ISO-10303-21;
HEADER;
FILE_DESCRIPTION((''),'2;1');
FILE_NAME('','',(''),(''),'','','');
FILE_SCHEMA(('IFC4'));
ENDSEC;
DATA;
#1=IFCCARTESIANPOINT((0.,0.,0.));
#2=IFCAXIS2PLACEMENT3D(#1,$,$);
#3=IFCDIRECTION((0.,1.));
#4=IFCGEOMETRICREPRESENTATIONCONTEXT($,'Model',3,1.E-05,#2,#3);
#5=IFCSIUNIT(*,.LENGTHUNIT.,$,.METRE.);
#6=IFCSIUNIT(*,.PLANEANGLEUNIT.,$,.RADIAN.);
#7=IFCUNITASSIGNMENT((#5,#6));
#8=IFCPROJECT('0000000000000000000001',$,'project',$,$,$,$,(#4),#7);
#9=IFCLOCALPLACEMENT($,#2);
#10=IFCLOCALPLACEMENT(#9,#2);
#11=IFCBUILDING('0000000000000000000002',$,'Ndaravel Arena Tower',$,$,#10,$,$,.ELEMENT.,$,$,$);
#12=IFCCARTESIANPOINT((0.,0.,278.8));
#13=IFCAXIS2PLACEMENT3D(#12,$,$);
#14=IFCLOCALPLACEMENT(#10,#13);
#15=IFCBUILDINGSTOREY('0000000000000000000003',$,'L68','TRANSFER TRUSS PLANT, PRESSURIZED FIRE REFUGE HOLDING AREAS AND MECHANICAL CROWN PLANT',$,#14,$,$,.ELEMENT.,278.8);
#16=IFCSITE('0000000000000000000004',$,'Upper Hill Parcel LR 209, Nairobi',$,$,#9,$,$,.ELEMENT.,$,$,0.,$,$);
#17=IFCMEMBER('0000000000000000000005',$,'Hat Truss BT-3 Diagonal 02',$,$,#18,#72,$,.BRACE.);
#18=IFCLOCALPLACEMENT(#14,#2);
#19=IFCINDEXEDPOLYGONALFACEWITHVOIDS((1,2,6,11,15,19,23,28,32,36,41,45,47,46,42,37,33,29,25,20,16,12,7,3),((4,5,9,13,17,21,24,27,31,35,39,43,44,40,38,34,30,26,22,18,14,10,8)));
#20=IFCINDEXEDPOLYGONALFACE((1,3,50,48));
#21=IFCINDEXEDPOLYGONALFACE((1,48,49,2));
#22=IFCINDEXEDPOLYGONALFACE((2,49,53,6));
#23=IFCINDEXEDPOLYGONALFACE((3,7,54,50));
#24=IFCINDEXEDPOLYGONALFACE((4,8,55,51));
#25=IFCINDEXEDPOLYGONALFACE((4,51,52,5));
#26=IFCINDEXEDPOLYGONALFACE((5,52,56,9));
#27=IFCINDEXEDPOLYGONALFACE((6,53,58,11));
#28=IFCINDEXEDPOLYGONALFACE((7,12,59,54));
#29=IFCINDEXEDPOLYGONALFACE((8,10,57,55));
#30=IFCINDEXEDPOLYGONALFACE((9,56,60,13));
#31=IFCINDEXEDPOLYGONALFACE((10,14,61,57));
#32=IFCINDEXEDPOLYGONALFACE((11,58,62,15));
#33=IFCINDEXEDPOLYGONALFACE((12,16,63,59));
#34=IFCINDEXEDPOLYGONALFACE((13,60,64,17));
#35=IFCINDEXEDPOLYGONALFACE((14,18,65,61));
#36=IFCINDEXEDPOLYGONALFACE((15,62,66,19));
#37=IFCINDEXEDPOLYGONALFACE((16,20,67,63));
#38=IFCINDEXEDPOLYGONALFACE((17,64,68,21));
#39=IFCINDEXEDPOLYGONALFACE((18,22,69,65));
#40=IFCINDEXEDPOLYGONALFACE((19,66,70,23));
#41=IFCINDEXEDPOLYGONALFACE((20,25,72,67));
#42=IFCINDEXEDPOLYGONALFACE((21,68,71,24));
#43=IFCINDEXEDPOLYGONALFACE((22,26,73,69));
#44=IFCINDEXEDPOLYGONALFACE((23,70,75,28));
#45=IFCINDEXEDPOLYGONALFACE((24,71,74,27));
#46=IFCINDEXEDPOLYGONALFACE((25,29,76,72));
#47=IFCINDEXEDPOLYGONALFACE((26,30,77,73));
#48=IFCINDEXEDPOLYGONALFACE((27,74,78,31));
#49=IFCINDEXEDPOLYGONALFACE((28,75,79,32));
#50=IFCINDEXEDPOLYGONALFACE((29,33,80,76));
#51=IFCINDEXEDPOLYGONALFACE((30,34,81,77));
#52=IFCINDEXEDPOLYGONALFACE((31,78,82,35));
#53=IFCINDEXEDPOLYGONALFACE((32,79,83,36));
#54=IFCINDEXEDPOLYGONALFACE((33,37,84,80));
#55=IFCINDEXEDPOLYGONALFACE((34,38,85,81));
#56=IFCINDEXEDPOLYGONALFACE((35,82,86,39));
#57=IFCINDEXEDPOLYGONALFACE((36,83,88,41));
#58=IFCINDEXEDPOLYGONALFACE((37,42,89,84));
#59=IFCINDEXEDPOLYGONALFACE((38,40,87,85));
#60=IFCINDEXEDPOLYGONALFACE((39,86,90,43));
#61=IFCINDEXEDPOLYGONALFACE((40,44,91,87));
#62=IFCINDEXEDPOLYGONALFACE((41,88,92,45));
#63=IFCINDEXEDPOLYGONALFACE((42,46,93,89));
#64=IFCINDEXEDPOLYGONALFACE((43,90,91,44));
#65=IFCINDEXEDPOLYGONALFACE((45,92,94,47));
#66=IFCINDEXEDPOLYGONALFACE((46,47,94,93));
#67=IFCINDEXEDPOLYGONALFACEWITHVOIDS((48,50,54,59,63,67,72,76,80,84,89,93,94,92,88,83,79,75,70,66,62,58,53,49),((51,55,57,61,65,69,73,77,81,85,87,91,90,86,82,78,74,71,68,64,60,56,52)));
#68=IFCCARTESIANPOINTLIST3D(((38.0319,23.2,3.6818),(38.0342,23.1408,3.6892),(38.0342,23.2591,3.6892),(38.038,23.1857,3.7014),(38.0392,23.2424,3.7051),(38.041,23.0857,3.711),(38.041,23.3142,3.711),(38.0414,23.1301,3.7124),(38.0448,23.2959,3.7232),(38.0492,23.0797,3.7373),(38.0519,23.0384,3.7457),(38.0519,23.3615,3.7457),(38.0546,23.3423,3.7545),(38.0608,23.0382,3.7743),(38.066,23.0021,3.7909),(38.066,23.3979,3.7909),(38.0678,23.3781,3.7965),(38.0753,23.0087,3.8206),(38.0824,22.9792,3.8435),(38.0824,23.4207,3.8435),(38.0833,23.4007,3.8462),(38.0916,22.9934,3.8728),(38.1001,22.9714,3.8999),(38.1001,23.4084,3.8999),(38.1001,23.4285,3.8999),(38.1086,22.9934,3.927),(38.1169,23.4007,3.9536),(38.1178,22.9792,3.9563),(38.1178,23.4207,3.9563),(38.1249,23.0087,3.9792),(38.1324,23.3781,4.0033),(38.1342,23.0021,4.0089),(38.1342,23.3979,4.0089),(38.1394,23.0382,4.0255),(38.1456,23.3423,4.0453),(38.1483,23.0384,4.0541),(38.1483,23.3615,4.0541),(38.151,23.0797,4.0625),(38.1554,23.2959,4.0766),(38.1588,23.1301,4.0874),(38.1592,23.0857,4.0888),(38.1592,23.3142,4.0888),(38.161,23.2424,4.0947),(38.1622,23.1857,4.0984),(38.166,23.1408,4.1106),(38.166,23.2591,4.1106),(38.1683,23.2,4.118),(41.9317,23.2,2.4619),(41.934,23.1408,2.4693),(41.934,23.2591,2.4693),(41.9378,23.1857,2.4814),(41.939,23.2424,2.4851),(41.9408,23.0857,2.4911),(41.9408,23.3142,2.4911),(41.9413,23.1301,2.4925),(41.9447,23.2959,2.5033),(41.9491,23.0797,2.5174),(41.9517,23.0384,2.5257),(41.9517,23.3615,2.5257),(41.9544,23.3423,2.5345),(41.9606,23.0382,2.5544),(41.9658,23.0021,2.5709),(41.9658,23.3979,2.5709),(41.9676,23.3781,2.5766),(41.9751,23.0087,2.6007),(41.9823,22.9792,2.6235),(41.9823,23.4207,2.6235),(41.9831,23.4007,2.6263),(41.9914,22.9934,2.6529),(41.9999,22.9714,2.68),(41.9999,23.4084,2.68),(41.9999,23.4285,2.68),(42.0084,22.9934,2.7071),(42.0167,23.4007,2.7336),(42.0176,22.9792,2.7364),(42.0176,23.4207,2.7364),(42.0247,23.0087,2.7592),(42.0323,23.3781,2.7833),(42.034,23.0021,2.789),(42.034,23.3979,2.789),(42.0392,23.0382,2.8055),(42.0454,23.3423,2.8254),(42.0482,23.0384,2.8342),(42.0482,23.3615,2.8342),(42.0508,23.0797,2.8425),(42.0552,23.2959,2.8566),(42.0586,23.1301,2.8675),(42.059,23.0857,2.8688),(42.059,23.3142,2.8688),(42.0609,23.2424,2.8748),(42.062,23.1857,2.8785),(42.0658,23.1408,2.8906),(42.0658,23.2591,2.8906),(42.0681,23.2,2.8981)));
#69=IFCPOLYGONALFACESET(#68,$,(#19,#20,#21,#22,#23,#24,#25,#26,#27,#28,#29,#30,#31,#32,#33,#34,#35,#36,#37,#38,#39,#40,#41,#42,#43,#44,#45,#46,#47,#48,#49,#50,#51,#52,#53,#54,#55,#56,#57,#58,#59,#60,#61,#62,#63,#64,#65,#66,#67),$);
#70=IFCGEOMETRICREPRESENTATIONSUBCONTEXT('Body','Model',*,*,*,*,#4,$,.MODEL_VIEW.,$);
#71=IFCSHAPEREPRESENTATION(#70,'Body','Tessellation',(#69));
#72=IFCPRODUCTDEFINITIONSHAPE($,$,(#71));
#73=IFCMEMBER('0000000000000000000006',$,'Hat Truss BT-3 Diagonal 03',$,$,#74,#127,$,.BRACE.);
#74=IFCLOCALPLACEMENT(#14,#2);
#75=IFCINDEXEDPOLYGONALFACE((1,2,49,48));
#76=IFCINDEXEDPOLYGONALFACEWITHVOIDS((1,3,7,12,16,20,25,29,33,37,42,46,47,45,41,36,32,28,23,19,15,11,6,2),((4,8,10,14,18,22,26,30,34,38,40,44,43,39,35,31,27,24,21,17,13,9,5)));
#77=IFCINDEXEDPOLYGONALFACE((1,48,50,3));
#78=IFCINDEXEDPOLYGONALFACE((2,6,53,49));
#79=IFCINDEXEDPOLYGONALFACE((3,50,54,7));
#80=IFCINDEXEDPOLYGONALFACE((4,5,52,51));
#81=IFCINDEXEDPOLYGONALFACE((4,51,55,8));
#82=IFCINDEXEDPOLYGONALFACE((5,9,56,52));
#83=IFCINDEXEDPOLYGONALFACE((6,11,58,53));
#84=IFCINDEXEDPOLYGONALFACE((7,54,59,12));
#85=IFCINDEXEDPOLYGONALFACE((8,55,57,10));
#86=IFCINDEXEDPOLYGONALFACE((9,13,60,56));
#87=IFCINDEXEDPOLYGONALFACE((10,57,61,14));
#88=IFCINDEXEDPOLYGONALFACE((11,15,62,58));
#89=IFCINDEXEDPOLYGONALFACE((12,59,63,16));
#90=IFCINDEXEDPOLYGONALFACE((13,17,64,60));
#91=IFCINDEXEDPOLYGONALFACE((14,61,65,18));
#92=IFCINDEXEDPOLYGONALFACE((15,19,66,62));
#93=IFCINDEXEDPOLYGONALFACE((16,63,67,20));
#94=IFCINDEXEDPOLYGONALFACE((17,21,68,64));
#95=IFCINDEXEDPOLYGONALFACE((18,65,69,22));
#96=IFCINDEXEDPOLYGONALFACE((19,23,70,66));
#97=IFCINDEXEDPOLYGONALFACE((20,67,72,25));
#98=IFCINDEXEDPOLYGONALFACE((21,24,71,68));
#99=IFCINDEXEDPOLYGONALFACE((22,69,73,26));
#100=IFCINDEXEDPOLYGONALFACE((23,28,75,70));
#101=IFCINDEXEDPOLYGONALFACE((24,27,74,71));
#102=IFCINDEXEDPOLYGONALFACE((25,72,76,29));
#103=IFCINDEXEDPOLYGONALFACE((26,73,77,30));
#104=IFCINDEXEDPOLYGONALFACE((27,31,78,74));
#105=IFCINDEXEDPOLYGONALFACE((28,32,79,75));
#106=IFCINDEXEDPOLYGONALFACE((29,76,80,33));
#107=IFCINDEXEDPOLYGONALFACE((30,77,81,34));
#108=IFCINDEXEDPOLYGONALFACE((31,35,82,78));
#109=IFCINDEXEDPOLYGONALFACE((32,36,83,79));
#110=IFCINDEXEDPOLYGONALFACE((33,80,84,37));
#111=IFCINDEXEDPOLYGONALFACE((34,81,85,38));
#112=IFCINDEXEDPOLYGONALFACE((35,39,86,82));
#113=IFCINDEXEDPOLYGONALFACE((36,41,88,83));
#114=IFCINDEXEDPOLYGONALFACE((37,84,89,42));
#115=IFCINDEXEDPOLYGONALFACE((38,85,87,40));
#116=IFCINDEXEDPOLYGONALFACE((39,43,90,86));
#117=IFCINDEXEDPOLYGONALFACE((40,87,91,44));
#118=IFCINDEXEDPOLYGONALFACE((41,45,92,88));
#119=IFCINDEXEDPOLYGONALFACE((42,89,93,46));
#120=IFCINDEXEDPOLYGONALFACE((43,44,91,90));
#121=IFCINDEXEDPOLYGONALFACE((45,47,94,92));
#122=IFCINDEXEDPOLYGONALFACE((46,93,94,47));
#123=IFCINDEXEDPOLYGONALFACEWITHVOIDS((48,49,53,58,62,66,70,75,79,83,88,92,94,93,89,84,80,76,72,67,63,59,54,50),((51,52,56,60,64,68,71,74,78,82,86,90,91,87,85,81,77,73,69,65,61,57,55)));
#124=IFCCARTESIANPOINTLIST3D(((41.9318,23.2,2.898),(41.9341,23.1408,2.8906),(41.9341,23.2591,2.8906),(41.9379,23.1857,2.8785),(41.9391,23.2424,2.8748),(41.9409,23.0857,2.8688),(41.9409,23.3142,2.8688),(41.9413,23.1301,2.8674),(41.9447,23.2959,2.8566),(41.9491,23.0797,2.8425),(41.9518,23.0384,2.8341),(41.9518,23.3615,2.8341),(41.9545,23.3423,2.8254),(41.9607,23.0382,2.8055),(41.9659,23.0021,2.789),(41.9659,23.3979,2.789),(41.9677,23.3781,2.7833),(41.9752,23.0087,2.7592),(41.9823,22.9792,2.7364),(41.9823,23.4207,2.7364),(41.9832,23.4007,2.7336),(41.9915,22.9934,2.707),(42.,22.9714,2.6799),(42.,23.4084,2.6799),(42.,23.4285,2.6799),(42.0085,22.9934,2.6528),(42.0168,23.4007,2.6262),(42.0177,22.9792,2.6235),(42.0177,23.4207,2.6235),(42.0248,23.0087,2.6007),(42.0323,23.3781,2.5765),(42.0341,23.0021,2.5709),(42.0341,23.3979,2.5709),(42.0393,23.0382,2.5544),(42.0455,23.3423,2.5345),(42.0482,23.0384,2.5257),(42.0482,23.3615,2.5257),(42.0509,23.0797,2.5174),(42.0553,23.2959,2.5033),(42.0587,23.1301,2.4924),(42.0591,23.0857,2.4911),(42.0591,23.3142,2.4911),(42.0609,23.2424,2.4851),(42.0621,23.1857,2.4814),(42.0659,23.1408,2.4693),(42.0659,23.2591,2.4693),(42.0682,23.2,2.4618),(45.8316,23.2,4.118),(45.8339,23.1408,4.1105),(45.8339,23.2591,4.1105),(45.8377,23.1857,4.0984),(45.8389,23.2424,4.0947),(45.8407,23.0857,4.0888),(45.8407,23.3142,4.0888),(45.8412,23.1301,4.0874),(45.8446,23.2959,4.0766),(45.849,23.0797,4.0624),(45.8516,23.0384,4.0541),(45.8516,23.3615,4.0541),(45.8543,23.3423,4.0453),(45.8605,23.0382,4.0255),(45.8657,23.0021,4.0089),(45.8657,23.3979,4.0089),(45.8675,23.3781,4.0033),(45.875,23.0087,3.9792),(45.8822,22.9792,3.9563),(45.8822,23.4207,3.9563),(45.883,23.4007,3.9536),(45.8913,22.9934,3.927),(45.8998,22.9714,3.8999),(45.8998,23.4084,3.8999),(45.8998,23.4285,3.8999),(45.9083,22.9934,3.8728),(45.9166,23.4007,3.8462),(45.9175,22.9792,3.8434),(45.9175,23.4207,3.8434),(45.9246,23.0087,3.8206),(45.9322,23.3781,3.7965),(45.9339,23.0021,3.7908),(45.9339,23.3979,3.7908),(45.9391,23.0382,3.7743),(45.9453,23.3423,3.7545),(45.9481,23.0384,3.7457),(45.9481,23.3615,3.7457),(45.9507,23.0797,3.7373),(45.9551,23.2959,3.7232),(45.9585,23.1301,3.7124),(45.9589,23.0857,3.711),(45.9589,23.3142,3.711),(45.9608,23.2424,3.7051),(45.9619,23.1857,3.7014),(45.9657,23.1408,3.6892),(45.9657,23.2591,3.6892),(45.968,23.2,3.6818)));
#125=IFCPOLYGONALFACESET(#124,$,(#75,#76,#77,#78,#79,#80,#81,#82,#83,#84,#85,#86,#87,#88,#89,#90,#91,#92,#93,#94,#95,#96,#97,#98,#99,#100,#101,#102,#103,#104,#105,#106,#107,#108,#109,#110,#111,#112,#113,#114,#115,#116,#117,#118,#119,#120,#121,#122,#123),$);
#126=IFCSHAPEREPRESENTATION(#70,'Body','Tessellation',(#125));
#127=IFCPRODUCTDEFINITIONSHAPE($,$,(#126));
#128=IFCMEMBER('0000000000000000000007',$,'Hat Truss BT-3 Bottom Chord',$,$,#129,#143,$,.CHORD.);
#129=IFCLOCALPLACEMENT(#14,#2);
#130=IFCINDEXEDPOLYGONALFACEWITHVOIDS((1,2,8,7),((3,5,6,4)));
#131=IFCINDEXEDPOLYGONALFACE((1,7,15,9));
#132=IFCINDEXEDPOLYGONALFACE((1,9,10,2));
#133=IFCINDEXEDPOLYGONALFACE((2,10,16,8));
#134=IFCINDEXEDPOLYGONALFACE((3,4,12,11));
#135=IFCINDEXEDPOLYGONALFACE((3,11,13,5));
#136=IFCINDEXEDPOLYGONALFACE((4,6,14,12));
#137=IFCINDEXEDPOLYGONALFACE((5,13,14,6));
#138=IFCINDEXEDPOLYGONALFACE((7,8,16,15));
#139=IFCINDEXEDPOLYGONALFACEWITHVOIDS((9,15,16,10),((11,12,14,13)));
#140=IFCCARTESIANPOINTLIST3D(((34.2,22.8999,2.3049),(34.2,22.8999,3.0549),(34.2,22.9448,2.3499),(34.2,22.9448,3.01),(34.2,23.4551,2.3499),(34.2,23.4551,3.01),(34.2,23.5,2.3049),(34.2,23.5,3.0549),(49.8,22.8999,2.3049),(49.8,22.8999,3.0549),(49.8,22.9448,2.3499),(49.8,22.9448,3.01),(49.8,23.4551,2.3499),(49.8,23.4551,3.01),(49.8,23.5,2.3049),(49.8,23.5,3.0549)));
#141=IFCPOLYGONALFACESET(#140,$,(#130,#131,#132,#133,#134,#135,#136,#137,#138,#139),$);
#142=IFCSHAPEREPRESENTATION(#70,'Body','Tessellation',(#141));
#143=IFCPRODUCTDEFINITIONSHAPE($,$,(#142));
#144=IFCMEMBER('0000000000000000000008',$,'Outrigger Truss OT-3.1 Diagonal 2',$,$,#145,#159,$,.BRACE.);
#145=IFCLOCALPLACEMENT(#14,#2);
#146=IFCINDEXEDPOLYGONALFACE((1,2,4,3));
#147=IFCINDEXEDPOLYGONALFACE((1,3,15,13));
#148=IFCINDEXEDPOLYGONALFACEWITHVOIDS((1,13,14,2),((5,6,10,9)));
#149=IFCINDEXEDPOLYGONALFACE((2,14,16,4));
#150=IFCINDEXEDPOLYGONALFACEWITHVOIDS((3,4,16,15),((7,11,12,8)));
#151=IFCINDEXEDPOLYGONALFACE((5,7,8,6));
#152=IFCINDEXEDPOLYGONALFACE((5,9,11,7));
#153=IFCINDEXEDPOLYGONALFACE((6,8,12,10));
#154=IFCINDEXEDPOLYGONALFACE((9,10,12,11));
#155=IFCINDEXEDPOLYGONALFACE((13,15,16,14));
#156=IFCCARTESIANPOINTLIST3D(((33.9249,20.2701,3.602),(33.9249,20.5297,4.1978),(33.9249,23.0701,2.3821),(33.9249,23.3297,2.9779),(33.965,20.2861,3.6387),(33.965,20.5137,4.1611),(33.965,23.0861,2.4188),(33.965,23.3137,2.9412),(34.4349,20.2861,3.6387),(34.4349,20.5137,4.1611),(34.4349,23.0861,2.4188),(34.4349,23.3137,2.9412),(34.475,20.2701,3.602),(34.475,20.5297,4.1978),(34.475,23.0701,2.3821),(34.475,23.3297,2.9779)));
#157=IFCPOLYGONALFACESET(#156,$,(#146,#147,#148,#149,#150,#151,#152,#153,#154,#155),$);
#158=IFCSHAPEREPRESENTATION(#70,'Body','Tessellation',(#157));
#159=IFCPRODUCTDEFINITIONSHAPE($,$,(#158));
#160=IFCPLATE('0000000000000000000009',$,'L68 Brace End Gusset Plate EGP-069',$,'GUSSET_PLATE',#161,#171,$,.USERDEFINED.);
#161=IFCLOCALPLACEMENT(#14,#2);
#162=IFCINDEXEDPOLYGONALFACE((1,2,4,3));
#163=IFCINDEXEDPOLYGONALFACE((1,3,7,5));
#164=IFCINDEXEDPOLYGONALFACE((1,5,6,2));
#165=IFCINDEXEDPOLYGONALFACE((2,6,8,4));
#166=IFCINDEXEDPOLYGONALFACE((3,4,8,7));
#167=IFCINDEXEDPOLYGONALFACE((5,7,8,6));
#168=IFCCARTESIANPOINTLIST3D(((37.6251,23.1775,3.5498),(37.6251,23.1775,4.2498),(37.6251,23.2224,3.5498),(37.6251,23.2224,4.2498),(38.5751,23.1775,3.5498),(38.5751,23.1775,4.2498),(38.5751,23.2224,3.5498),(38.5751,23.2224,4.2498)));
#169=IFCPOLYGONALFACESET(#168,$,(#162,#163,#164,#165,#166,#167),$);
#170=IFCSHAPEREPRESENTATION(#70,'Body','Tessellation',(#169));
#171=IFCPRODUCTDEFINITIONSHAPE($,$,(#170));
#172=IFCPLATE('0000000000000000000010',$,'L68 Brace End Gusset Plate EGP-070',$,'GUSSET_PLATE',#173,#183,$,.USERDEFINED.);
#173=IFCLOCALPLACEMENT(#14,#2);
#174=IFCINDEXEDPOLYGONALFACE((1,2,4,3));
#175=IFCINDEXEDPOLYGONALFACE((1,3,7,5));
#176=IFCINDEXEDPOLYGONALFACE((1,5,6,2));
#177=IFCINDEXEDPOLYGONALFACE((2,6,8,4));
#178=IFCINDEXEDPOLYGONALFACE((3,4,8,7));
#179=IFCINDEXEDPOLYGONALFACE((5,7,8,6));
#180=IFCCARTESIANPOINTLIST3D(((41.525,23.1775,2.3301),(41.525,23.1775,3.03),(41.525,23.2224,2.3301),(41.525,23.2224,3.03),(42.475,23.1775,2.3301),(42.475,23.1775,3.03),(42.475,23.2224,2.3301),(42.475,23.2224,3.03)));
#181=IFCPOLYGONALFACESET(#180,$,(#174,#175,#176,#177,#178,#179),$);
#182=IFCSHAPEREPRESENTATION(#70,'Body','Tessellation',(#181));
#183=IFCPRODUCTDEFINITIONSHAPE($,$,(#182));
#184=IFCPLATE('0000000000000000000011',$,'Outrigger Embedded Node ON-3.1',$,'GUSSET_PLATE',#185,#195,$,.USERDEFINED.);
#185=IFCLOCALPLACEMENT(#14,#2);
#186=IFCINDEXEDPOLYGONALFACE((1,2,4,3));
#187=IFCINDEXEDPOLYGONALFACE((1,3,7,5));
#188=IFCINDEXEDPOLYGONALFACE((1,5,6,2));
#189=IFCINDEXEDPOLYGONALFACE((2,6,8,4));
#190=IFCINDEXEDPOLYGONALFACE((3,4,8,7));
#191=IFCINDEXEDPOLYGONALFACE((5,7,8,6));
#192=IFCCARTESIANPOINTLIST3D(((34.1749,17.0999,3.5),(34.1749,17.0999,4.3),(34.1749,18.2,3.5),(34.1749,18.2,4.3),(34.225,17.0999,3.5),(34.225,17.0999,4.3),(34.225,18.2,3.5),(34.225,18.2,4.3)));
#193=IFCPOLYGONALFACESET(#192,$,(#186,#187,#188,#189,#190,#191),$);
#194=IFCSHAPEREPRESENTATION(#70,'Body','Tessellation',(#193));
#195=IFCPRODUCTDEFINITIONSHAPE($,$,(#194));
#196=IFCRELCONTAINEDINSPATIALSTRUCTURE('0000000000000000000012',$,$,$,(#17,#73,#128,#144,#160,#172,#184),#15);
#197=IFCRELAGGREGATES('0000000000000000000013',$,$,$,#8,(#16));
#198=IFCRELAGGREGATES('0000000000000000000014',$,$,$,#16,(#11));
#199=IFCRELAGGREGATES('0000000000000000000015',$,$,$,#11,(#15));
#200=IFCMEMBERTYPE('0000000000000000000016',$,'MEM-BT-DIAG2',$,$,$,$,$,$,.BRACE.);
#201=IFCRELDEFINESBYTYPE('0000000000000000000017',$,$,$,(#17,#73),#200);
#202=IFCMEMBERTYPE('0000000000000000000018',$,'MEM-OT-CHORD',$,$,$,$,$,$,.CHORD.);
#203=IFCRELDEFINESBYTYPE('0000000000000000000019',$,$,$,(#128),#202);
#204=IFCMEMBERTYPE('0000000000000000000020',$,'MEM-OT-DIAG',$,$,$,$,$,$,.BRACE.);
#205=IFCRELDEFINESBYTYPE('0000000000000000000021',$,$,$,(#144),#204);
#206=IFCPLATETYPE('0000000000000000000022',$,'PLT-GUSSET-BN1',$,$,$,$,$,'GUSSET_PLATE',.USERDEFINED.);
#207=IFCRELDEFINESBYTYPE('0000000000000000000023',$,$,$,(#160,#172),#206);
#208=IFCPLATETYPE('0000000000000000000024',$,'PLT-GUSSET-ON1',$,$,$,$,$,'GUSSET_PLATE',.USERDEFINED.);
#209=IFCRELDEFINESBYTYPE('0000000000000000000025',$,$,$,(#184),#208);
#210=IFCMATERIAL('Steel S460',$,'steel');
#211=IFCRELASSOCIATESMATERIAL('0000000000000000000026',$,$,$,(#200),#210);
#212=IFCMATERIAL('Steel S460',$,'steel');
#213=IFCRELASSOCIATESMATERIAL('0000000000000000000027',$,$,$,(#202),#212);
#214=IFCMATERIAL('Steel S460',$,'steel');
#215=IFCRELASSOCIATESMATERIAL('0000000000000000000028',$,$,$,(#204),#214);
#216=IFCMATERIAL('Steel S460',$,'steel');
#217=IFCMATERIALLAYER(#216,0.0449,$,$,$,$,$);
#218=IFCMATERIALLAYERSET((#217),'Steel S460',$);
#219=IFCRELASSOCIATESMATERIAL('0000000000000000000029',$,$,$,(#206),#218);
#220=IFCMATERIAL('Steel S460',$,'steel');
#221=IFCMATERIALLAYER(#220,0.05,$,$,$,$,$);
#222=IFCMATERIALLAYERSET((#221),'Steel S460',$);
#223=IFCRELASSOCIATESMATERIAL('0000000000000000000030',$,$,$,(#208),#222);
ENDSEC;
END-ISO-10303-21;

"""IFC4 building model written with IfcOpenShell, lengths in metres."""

from ifc_helpers import new_model, si_unit, direction, frame, origin, origin_2d, place, context, subcontext, project, spatial, rectangle, hollow_rectangle, hollow_circle, extrude, material, layer, layer_set, material_profile, profile_set, type_object, element, save


model = new_model("IFC4")

# Units and contexts
model_context = context("Model", 3, precision=1e-05, world=origin(), true_north=direction((0.0, 1.0)))
body_context = subcontext(model_context, "Body", "Model", "MODEL_VIEW")
ifc_project = project(units=[si_unit("LENGTHUNIT", "METRE"), si_unit("PLANEANGLEUNIT", "RADIAN")], contexts=[model_context])

# Site, building, storey
site_placement = place(None, origin())
site = spatial("IfcSite", under=ifc_project, at=site_placement, Name="Upper Hill Parcel LR 209, Nairobi", CompositionType="ELEMENT", RefElevation=0.0)
building_placement = place(site_placement, origin())
building = spatial("IfcBuilding", under=site, at=building_placement, Name="Ndaravel Arena Tower", CompositionType="ELEMENT")
storey_placement = place(building_placement, frame((0.0, 0.0, 278.8)))
storey = spatial("IfcBuildingStorey", under=building, at=storey_placement, Name="L68", Description="TRANSFER TRUSS PLANT, PRESSURIZED FIRE REFUGE HOLDING AREAS AND MECHANICAL CROWN PLANT", CompositionType="ELEMENT", Elevation=278.8)

# Members
ifc_material_1 = material(Name="Steel S460", Category="steel")
ifc_material_profile_1 = material_profile(ifc_material_1, hollow_circle(Radius=0.2285, WallThickness=0.02, at=origin_2d()), Name="CHS 457x20")
ifc_profile_set_1 = profile_set([ifc_material_profile_1], Name="Steel S460")
member_type_1 = type_object("IfcMemberType", Name="MEM-BT-DIAG2", PredefinedType="BRACE", material=ifc_profile_set_1)
for number, where, z_axis, x_axis, name in (
    (1, (38.1001, 23.2, 3.8999), (0.954393, 0.0, -0.298554), (0.0, 1.0, 0.0), "Hat Truss BT-3 Diagonal 02"),
    (2, (42.0, 23.2, 2.6799), (0.954393, 0.0, 0.298554), (0.0, 1.0, 0.0), "Hat Truss BT-3 Diagonal 03"),
):
    element("IfcMember", number, at=place(storey_placement, frame(where, z_axis=z_axis, x_axis=x_axis)), inside=storey, type_object=member_type_1, Name=name, PredefinedType="BRACE", context=body_context, shape_type="SweptSolid", body=[
        extrude(hollow_circle(Radius=0.2285, WallThickness=0.02, at=origin_2d()), origin(), (0.0, 0.0, 1.0), 4.0862),
    ])
ifc_material_2 = material(Name="Steel S460", Category="steel")
ifc_material_profile_2 = material_profile(ifc_material_2, hollow_rectangle(XDim=0.6001, YDim=0.75, WallThickness=0.0449, at=origin_2d()), Name="BOX 750x600x45")
ifc_profile_set_2 = profile_set([ifc_material_profile_2], Name="Steel S460")
member_type_2 = type_object("IfcMemberType", Name="MEM-OT-CHORD", PredefinedType="CHORD", material=ifc_profile_set_2)
member_1_placement = place(storey_placement, frame((34.2, 23.2, 2.6799), z_axis=(1.0, 0.0, 0.0), x_axis=(0.0, 1.0, 0.0)))
element("IfcMember", 3, at=member_1_placement, inside=storey, type_object=member_type_2, Name="Hat Truss BT-3 Bottom Chord", PredefinedType="CHORD", context=body_context, shape_type="SweptSolid", body=[
    extrude(hollow_rectangle(XDim=0.6001, YDim=0.75, WallThickness=0.0449, at=origin_2d()), origin(), (0.0, 0.0, 1.0), 15.6001),
])
ifc_material_3 = material(Name="Steel S460", Category="steel")
ifc_material_profile_3 = material_profile(ifc_material_3, hollow_rectangle(XDim=0.55, YDim=0.6499, WallThickness=0.04, at=origin_2d()), Name="BOX 650x550x40")
ifc_profile_set_3 = profile_set([ifc_material_profile_3], Name="Steel S460")
member_type_3 = type_object("IfcMemberType", Name="MEM-OT-DIAG", PredefinedType="BRACE", material=ifc_profile_set_3)
member_2_placement = place(storey_placement, frame((34.2, 20.3999, 3.8999), z_axis=(0.0, 0.916764, -0.39943), x_axis=(-1.0, 0.0, 0.0)))
element("IfcMember", 4, at=member_2_placement, inside=storey, type_object=member_type_3, Name="Outrigger Truss OT-3.1 Diagonal 2", PredefinedType="BRACE", context=body_context, shape_type="SweptSolid", body=[
    extrude(hollow_rectangle(XDim=0.55, YDim=0.6499, WallThickness=0.04, at=origin_2d()), origin(), (0.0, 0.0, 1.0), 3.0542),
])

# Plates
ifc_material_4 = material(Name="Steel S460", Category="steel")
ifc_layer_1 = layer(ifc_material_4, 0.0449)
ifc_layer_set_1 = layer_set([ifc_layer_1], Name="Steel S460")
plate_type_1 = type_object("IfcPlateType", Name="PLT-GUSSET-BN1", ElementType="GUSSET_PLATE", PredefinedType="USERDEFINED", material=ifc_layer_set_1)
for number, where, z_axis, x_axis, name in (
    (5, (38.1001, 23.2, 3.5498), (0.0, 0.0, 1.0), (1.0, 0.0, 0.0), "L68 Brace End Gusset Plate EGP-069"),
    (6, (42.0, 23.2, 2.3301), (0.0, 0.0, 1.0), (1.0, 0.0, 0.0), "L68 Brace End Gusset Plate EGP-070"),
):
    element("IfcPlate", number, at=place(storey_placement, frame(where, z_axis=z_axis, x_axis=x_axis)), inside=storey, type_object=plate_type_1, Name=name, ObjectType="GUSSET_PLATE", PredefinedType="USERDEFINED", context=body_context, shape_type="SweptSolid", body=[
        extrude(rectangle(XDim=0.95, YDim=0.0449, at=origin_2d()), origin(), (0.0, 0.0, 1.0), 0.7),
    ])
ifc_material_5 = material(Name="Steel S460", Category="steel")
ifc_layer_2 = layer(ifc_material_5, 0.05)
ifc_layer_set_2 = layer_set([ifc_layer_2], Name="Steel S460")
plate_type_2 = type_object("IfcPlateType", Name="PLT-GUSSET-ON1", ElementType="GUSSET_PLATE", PredefinedType="USERDEFINED", material=ifc_layer_set_2)
for number, where, z_axis, x_axis, name in (
    (7, (34.2, 17.6499, 3.5), (0.0, 0.0, 1.0), (1.0, 0.0, 0.0), "Outrigger Embedded Node ON-3.1"),
):
    element("IfcPlate", number, at=place(storey_placement, frame(where, z_axis=z_axis, x_axis=x_axis)), inside=storey, type_object=plate_type_2, Name=name, ObjectType="GUSSET_PLATE", PredefinedType="USERDEFINED", context=body_context, shape_type="SweptSolid", body=[
        extrude(rectangle(XDim=0.05, YDim=1.1001, at=origin_2d()), origin(), (0.0, 0.0, 1.0), 0.8),
    ])

save(model, "model.ifc")
